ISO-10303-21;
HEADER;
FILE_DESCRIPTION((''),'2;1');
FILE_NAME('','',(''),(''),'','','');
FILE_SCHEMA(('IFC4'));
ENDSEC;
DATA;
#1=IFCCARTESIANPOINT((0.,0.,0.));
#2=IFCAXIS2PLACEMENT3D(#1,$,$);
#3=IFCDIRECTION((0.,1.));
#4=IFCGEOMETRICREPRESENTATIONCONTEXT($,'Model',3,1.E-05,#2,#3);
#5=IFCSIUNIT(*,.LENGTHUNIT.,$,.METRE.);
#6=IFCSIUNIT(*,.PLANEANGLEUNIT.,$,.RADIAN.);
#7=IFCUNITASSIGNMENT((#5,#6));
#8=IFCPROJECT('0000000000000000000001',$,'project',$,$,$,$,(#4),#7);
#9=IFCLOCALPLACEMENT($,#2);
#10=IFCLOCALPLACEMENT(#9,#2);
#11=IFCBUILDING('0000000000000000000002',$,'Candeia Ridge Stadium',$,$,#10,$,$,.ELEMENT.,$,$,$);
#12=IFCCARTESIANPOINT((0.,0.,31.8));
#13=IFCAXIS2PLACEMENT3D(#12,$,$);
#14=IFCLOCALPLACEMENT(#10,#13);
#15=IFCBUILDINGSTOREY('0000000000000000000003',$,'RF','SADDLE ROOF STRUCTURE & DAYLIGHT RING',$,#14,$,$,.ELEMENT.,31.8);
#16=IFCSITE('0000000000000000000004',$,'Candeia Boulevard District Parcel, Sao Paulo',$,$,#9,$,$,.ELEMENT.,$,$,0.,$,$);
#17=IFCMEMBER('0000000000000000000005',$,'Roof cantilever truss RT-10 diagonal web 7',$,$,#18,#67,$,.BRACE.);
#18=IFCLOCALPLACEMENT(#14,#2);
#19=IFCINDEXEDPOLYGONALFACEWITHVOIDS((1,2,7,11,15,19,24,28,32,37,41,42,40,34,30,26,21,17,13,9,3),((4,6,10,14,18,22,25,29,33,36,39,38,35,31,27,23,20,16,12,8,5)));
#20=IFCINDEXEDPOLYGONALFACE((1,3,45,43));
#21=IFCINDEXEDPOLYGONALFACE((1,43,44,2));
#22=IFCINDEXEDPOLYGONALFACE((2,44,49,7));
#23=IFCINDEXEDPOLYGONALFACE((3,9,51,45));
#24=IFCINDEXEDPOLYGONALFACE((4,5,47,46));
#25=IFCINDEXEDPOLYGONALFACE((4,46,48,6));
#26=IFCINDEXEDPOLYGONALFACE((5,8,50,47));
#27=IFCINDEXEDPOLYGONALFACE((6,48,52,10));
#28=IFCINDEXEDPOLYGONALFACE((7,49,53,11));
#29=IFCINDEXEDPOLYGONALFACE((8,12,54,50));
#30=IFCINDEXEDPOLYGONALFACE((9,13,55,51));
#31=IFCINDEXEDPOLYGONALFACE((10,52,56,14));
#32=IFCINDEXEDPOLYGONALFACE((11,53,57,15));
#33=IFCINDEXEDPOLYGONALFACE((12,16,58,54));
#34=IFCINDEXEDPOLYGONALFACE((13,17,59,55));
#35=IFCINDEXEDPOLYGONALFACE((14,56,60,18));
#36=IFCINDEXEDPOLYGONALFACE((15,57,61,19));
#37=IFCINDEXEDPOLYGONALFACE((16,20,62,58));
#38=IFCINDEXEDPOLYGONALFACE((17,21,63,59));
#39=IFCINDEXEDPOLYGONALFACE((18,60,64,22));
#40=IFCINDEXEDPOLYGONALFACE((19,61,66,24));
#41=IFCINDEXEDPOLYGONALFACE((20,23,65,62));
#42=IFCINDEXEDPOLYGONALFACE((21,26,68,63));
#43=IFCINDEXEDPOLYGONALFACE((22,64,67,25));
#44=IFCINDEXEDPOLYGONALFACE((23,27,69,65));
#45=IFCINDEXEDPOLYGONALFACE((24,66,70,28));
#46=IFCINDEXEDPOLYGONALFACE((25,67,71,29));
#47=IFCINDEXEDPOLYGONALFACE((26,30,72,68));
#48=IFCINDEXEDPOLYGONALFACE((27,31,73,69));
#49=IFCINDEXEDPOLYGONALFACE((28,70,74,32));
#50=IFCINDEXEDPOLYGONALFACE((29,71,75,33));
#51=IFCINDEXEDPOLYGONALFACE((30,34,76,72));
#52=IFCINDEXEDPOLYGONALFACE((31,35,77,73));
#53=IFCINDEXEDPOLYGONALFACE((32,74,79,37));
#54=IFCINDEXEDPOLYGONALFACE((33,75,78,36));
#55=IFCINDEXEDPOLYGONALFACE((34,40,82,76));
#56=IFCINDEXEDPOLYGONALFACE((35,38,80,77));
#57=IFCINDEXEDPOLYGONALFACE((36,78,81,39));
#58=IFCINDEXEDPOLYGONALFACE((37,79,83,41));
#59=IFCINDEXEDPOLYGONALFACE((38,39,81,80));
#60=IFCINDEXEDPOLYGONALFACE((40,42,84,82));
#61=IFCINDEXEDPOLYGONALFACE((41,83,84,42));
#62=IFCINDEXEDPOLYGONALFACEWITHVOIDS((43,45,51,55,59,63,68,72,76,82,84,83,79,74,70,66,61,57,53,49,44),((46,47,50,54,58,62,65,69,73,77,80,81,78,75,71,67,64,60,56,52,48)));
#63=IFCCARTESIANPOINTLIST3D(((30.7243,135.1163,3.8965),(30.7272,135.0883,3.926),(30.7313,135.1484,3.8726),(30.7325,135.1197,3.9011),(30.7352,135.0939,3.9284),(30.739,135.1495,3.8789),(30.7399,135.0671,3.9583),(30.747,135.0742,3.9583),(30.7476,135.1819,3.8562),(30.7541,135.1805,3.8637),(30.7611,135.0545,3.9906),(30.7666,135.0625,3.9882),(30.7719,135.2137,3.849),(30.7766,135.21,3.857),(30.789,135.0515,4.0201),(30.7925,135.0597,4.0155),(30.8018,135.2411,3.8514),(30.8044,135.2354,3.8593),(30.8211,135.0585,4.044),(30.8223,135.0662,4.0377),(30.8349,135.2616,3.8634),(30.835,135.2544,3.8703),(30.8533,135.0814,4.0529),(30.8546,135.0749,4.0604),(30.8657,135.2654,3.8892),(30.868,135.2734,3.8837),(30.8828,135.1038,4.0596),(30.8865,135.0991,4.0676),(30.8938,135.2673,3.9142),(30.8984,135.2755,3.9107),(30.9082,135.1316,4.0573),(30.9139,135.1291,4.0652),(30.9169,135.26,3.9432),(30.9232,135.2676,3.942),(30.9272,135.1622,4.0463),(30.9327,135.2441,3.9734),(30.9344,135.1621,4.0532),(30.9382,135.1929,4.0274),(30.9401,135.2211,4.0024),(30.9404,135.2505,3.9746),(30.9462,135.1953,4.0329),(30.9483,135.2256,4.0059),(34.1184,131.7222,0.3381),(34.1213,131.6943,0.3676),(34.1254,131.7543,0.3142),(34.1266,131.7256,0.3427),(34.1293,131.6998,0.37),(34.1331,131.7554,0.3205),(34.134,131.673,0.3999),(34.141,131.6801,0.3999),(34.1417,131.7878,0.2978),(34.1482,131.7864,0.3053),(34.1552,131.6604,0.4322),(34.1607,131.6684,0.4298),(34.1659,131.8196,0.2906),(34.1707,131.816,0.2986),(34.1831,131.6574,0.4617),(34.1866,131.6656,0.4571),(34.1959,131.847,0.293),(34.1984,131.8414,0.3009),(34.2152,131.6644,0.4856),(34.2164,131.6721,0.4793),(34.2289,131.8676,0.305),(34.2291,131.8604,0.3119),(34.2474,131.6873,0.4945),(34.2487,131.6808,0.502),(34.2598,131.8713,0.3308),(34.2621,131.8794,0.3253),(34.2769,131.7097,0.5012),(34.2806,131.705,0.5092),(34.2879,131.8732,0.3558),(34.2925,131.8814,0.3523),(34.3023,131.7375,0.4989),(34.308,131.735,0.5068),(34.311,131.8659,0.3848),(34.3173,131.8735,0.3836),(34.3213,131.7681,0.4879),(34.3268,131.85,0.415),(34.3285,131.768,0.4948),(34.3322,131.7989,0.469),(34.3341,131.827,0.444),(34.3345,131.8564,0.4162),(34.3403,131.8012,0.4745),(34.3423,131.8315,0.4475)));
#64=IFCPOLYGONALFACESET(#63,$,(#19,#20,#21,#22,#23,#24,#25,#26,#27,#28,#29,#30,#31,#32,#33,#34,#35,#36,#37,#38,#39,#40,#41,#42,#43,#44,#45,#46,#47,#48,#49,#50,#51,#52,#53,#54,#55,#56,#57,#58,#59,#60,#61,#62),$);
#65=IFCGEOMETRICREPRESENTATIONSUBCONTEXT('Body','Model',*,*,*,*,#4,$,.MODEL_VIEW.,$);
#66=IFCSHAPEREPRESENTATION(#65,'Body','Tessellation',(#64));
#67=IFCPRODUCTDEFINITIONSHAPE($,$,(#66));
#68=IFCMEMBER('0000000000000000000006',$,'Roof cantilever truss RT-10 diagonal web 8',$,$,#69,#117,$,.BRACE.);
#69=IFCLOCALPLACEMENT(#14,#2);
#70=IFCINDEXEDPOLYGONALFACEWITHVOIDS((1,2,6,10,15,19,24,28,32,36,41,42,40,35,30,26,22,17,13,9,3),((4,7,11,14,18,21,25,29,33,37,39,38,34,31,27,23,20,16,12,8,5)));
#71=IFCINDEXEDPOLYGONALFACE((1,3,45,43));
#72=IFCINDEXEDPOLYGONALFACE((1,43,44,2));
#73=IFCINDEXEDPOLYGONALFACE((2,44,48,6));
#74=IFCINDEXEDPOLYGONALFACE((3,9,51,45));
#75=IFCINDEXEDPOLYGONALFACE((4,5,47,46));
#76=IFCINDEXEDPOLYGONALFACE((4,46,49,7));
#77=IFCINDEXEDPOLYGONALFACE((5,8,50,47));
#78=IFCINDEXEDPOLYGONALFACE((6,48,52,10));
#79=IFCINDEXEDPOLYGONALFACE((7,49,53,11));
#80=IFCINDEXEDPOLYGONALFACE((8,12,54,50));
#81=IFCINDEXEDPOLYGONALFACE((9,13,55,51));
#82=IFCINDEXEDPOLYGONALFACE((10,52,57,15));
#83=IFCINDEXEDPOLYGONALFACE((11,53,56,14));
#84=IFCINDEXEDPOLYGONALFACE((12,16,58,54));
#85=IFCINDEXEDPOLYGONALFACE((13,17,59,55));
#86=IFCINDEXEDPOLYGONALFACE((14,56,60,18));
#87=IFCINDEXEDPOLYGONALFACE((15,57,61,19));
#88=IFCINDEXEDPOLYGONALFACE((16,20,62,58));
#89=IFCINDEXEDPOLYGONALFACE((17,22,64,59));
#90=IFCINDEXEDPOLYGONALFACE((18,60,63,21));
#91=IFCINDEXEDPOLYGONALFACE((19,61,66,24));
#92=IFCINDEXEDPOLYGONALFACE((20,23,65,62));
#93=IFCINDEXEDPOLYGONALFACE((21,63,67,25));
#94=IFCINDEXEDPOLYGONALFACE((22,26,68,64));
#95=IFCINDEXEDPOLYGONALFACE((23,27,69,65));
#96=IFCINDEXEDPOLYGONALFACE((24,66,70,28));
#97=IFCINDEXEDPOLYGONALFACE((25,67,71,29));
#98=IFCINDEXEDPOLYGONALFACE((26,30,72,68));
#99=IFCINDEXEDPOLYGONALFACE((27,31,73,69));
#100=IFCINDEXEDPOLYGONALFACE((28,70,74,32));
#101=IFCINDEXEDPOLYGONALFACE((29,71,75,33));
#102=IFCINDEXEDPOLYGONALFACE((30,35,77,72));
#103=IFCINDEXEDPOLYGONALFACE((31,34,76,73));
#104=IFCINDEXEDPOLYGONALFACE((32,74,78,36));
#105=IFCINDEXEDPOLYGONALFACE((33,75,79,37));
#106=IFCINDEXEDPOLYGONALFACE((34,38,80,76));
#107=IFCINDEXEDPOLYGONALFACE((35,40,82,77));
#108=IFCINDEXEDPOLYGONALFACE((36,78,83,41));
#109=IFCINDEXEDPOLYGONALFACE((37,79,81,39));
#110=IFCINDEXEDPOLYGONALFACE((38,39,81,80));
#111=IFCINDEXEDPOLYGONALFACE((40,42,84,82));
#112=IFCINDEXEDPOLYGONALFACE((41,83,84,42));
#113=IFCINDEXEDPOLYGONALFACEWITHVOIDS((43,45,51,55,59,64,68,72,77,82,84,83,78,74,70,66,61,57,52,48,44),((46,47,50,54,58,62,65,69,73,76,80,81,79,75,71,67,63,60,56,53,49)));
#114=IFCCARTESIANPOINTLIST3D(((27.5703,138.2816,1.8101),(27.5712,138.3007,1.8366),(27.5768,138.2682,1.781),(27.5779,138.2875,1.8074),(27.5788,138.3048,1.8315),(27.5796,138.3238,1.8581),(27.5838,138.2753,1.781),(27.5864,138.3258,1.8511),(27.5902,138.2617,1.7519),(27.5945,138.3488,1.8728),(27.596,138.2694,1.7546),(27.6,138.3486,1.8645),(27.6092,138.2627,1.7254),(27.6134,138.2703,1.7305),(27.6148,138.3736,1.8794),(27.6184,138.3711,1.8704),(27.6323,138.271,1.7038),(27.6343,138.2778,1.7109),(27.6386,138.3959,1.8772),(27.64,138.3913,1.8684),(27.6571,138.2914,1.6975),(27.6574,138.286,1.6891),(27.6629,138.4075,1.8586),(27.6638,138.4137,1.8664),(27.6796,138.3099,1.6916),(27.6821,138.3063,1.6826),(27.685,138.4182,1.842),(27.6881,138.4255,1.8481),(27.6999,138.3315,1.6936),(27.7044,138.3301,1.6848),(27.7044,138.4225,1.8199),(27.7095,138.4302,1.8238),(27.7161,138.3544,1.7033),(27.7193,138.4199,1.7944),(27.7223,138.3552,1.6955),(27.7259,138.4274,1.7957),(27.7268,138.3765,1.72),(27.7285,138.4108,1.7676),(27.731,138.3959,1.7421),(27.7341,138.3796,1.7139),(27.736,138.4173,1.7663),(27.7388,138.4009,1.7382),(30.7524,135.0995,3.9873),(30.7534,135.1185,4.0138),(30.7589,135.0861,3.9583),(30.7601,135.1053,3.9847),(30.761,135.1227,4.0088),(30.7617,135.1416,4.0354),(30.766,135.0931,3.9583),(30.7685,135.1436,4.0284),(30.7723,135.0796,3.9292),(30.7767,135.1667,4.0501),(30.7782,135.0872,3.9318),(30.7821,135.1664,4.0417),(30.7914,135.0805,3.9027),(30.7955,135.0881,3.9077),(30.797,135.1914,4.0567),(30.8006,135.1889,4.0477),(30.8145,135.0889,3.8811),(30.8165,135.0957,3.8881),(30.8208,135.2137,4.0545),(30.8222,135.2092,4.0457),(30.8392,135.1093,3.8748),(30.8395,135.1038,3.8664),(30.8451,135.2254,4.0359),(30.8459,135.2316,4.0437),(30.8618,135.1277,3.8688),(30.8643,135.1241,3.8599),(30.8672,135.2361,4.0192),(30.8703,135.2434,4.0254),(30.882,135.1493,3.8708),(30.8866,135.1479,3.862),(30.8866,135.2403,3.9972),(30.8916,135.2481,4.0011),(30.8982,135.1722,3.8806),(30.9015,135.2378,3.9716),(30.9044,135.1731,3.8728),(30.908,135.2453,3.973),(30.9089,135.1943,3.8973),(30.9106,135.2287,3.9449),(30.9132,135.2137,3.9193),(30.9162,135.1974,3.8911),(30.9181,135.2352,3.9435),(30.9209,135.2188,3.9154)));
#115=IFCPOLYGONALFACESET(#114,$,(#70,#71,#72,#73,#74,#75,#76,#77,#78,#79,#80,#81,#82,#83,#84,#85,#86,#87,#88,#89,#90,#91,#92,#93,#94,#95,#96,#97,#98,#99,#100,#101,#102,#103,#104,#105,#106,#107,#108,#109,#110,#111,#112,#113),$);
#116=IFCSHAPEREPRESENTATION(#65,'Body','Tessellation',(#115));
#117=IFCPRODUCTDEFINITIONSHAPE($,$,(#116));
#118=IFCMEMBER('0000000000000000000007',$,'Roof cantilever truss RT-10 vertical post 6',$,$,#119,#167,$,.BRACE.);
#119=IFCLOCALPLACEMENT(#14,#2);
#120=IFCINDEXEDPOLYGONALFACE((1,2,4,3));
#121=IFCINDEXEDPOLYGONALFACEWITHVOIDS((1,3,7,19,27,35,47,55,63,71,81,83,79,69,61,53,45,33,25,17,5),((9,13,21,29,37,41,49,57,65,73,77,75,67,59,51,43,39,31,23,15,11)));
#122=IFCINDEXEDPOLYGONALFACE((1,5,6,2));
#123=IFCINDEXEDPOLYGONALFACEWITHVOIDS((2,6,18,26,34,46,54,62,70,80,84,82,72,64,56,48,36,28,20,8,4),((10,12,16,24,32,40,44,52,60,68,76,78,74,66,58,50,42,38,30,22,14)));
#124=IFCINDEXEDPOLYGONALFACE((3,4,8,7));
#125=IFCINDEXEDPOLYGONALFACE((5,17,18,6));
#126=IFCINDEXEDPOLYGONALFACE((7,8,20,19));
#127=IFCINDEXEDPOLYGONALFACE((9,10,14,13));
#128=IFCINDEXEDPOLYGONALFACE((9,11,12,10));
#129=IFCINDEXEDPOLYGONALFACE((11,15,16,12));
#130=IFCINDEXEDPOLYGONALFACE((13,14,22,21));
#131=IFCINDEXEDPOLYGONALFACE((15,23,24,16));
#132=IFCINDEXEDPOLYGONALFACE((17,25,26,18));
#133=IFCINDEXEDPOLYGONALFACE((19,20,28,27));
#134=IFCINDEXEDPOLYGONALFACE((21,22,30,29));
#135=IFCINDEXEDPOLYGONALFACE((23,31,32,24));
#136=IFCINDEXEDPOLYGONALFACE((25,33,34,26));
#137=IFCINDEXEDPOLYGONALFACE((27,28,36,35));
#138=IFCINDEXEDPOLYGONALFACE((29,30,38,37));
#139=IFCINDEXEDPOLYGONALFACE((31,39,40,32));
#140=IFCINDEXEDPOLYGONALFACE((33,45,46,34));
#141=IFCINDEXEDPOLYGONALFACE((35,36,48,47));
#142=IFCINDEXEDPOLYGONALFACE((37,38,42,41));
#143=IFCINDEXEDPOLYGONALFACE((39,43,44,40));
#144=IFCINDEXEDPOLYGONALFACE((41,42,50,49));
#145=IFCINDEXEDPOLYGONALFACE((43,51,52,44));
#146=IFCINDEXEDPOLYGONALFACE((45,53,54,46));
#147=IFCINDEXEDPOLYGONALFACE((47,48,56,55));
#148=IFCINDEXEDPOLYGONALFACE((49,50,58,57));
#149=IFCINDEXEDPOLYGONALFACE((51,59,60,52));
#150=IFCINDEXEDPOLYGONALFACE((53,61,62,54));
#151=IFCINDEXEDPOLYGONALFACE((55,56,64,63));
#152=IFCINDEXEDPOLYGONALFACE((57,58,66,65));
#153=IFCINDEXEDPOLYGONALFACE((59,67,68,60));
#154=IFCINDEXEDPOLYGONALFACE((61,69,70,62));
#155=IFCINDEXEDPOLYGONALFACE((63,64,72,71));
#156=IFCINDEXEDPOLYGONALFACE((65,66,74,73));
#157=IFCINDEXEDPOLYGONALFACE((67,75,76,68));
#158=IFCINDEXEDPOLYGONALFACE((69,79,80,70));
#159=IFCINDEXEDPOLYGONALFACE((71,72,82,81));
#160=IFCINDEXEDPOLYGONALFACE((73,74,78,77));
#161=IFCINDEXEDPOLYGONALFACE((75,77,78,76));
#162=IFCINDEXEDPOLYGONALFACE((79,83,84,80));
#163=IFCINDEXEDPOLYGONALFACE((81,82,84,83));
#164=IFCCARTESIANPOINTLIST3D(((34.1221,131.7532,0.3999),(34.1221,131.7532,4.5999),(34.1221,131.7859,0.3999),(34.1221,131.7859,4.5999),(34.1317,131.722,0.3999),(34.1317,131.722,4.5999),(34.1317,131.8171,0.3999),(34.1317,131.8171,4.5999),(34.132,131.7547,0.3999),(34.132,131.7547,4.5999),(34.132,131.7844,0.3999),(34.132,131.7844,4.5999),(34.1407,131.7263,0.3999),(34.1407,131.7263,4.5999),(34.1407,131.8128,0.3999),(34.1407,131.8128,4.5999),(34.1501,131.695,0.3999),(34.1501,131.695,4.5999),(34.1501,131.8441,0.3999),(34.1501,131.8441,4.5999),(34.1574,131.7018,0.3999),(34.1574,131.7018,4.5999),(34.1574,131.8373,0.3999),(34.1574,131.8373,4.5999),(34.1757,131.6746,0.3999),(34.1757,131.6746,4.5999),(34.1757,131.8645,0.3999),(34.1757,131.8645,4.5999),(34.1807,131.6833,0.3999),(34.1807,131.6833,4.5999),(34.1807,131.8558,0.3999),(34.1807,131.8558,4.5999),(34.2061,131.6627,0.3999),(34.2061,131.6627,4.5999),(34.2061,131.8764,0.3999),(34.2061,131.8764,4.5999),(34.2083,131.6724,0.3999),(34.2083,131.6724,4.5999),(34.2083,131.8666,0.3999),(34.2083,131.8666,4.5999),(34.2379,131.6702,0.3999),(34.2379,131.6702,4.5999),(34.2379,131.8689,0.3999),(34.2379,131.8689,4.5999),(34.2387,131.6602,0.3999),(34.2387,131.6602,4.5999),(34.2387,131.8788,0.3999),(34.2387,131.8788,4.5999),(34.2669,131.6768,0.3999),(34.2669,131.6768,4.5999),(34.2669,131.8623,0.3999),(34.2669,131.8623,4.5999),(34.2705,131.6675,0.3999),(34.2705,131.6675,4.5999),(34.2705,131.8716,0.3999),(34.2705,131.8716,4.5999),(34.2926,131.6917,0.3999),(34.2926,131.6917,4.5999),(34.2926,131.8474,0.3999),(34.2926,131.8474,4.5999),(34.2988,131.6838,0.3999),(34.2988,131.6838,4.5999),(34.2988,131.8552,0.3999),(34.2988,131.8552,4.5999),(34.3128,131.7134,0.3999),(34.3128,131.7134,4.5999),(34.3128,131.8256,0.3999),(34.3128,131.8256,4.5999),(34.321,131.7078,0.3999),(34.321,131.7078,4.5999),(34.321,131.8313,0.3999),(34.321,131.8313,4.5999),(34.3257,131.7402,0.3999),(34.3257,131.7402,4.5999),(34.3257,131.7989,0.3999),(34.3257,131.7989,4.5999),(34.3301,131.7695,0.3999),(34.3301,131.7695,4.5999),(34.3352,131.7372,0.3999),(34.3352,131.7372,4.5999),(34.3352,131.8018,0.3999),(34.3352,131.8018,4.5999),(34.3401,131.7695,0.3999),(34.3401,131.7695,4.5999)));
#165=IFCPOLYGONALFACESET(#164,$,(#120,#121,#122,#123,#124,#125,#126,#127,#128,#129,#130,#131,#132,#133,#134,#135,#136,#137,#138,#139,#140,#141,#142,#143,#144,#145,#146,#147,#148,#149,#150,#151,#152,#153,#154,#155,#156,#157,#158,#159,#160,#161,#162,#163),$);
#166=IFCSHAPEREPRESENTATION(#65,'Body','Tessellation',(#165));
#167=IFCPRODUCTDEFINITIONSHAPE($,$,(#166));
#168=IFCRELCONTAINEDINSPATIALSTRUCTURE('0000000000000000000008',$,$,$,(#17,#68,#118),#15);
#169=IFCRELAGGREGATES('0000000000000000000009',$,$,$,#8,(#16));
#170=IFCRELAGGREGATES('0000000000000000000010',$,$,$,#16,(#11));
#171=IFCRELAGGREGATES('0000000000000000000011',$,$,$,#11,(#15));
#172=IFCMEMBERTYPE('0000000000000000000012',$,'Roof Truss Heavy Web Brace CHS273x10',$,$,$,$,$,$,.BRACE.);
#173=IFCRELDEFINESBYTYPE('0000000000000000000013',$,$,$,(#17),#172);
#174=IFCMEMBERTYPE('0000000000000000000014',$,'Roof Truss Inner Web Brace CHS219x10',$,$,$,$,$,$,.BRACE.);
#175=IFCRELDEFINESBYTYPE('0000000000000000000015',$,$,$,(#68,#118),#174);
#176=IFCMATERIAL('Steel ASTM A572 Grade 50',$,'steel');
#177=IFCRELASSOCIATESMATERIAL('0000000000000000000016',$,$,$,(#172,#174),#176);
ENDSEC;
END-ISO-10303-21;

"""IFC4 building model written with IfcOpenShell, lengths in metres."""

from ifc_helpers import new_model, si_unit, direction, frame, origin, origin_2d, place, context, subcontext, project, spatial, hollow_circle, extrude, material, material_profile, profile_set, type_object, element, save


model = new_model("IFC4")

# Units and contexts
model_context = context("Model", 3, precision=1e-05, world=origin(), true_north=direction((0.0, 1.0)))
body_context = subcontext(model_context, "Body", "Model", "MODEL_VIEW")
ifc_project = project(units=[si_unit("LENGTHUNIT", "METRE"), si_unit("PLANEANGLEUNIT", "RADIAN")], contexts=[model_context])

# Site, building, storey
site_placement = place(None, origin())
site = spatial("IfcSite", under=ifc_project, at=site_placement, Name="Candeia Boulevard District Parcel, Sao Paulo", CompositionType="ELEMENT", RefElevation=0.0)
building_placement = place(site_placement, origin())
building = spatial("IfcBuilding", under=site, at=building_placement, Name="Candeia Ridge Stadium", CompositionType="ELEMENT")
storey_placement = place(building_placement, frame((0.0, 0.0, 31.8)))
storey = spatial("IfcBuildingStorey", under=building, at=storey_placement, Name="RF", Description="SADDLE ROOF STRUCTURE & DAYLIGHT RING", CompositionType="ELEMENT", Elevation=31.8)

# Shared definitions
ifc_material_1 = material(Name="Steel ASTM A572 Grade 50", Category="steel")

# Members
ifc_material_profile_1 = material_profile(ifc_material_1, hollow_circle(Radius=0.1365, WallThickness=0.01, at=origin_2d()), Name="CHS273x10", Category="steel")
ifc_profile_set_1 = profile_set([ifc_material_profile_1], Name="Steel ASTM A572 Grade 50")
member_type_1 = type_object("IfcMemberType", Name="Roof Truss Heavy Web Brace CHS273x10", PredefinedType="BRACE", material=ifc_profile_set_1)
member_1_placement = place(storey_placement, frame((34.2305, 131.7695, 0.3999), z_axis=(-0.568038, 0.568038, 0.595537), x_axis=(-0.707107, -0.707107, 0.0)))
element("IfcMember", 1, at=member_1_placement, inside=storey, type_object=member_type_1, Name="Roof cantilever truss RT-10 diagonal web 7", PredefinedType="BRACE", context=body_context, shape_type="SweptSolid", body=[
    extrude(hollow_circle(Radius=0.1365, WallThickness=0.01, at=origin_2d()), origin(), (0.0, 0.0, 1.0), 5.9751),
])
ifc_material_profile_2 = material_profile(ifc_material_1, hollow_circle(Radius=0.1096, WallThickness=0.01, at=origin_2d()), Name="CHS219x10", Category="steel")
ifc_profile_set_2 = profile_set([ifc_material_profile_2], Name="Steel ASTM A572 Grade 50")
member_type_2 = type_object("IfcMemberType", Name="Roof Truss Inner Web Brace CHS219x10", PredefinedType="BRACE", material=ifc_profile_set_2)
member_2_placement = place(storey_placement, frame((30.8364, 135.1636, 3.9583), z_axis=(-0.636524, 0.636524, -0.435516), x_axis=(-0.707107, -0.707107, 0.0)))
element("IfcMember", 2, at=member_2_placement, inside=storey, type_object=member_type_2, Name="Roof cantilever truss RT-10 diagonal web 8", PredefinedType="BRACE", context=body_context, shape_type="SweptSolid", body=[
    extrude(hollow_circle(Radius=0.1096, WallThickness=0.01, at=origin_2d()), origin(), (0.0, 0.0, 1.0), 4.9993),
])
member_3_placement = place(storey_placement, frame((34.2305, 131.7695, 0.3999), z_axis=(0.0, 0.0, 1.0), x_axis=(1.0, 0.0, 0.0)))
element("IfcMember", 3, at=member_3_placement, inside=storey, type_object=member_type_2, Name="Roof cantilever truss RT-10 vertical post 6", PredefinedType="BRACE", context=body_context, shape_type="SweptSolid", body=[
    extrude(hollow_circle(Radius=0.1096, WallThickness=0.01, at=origin_2d()), origin(), (0.0, 0.0, 1.0), 4.2),
])

save(model, "model.ifc")
